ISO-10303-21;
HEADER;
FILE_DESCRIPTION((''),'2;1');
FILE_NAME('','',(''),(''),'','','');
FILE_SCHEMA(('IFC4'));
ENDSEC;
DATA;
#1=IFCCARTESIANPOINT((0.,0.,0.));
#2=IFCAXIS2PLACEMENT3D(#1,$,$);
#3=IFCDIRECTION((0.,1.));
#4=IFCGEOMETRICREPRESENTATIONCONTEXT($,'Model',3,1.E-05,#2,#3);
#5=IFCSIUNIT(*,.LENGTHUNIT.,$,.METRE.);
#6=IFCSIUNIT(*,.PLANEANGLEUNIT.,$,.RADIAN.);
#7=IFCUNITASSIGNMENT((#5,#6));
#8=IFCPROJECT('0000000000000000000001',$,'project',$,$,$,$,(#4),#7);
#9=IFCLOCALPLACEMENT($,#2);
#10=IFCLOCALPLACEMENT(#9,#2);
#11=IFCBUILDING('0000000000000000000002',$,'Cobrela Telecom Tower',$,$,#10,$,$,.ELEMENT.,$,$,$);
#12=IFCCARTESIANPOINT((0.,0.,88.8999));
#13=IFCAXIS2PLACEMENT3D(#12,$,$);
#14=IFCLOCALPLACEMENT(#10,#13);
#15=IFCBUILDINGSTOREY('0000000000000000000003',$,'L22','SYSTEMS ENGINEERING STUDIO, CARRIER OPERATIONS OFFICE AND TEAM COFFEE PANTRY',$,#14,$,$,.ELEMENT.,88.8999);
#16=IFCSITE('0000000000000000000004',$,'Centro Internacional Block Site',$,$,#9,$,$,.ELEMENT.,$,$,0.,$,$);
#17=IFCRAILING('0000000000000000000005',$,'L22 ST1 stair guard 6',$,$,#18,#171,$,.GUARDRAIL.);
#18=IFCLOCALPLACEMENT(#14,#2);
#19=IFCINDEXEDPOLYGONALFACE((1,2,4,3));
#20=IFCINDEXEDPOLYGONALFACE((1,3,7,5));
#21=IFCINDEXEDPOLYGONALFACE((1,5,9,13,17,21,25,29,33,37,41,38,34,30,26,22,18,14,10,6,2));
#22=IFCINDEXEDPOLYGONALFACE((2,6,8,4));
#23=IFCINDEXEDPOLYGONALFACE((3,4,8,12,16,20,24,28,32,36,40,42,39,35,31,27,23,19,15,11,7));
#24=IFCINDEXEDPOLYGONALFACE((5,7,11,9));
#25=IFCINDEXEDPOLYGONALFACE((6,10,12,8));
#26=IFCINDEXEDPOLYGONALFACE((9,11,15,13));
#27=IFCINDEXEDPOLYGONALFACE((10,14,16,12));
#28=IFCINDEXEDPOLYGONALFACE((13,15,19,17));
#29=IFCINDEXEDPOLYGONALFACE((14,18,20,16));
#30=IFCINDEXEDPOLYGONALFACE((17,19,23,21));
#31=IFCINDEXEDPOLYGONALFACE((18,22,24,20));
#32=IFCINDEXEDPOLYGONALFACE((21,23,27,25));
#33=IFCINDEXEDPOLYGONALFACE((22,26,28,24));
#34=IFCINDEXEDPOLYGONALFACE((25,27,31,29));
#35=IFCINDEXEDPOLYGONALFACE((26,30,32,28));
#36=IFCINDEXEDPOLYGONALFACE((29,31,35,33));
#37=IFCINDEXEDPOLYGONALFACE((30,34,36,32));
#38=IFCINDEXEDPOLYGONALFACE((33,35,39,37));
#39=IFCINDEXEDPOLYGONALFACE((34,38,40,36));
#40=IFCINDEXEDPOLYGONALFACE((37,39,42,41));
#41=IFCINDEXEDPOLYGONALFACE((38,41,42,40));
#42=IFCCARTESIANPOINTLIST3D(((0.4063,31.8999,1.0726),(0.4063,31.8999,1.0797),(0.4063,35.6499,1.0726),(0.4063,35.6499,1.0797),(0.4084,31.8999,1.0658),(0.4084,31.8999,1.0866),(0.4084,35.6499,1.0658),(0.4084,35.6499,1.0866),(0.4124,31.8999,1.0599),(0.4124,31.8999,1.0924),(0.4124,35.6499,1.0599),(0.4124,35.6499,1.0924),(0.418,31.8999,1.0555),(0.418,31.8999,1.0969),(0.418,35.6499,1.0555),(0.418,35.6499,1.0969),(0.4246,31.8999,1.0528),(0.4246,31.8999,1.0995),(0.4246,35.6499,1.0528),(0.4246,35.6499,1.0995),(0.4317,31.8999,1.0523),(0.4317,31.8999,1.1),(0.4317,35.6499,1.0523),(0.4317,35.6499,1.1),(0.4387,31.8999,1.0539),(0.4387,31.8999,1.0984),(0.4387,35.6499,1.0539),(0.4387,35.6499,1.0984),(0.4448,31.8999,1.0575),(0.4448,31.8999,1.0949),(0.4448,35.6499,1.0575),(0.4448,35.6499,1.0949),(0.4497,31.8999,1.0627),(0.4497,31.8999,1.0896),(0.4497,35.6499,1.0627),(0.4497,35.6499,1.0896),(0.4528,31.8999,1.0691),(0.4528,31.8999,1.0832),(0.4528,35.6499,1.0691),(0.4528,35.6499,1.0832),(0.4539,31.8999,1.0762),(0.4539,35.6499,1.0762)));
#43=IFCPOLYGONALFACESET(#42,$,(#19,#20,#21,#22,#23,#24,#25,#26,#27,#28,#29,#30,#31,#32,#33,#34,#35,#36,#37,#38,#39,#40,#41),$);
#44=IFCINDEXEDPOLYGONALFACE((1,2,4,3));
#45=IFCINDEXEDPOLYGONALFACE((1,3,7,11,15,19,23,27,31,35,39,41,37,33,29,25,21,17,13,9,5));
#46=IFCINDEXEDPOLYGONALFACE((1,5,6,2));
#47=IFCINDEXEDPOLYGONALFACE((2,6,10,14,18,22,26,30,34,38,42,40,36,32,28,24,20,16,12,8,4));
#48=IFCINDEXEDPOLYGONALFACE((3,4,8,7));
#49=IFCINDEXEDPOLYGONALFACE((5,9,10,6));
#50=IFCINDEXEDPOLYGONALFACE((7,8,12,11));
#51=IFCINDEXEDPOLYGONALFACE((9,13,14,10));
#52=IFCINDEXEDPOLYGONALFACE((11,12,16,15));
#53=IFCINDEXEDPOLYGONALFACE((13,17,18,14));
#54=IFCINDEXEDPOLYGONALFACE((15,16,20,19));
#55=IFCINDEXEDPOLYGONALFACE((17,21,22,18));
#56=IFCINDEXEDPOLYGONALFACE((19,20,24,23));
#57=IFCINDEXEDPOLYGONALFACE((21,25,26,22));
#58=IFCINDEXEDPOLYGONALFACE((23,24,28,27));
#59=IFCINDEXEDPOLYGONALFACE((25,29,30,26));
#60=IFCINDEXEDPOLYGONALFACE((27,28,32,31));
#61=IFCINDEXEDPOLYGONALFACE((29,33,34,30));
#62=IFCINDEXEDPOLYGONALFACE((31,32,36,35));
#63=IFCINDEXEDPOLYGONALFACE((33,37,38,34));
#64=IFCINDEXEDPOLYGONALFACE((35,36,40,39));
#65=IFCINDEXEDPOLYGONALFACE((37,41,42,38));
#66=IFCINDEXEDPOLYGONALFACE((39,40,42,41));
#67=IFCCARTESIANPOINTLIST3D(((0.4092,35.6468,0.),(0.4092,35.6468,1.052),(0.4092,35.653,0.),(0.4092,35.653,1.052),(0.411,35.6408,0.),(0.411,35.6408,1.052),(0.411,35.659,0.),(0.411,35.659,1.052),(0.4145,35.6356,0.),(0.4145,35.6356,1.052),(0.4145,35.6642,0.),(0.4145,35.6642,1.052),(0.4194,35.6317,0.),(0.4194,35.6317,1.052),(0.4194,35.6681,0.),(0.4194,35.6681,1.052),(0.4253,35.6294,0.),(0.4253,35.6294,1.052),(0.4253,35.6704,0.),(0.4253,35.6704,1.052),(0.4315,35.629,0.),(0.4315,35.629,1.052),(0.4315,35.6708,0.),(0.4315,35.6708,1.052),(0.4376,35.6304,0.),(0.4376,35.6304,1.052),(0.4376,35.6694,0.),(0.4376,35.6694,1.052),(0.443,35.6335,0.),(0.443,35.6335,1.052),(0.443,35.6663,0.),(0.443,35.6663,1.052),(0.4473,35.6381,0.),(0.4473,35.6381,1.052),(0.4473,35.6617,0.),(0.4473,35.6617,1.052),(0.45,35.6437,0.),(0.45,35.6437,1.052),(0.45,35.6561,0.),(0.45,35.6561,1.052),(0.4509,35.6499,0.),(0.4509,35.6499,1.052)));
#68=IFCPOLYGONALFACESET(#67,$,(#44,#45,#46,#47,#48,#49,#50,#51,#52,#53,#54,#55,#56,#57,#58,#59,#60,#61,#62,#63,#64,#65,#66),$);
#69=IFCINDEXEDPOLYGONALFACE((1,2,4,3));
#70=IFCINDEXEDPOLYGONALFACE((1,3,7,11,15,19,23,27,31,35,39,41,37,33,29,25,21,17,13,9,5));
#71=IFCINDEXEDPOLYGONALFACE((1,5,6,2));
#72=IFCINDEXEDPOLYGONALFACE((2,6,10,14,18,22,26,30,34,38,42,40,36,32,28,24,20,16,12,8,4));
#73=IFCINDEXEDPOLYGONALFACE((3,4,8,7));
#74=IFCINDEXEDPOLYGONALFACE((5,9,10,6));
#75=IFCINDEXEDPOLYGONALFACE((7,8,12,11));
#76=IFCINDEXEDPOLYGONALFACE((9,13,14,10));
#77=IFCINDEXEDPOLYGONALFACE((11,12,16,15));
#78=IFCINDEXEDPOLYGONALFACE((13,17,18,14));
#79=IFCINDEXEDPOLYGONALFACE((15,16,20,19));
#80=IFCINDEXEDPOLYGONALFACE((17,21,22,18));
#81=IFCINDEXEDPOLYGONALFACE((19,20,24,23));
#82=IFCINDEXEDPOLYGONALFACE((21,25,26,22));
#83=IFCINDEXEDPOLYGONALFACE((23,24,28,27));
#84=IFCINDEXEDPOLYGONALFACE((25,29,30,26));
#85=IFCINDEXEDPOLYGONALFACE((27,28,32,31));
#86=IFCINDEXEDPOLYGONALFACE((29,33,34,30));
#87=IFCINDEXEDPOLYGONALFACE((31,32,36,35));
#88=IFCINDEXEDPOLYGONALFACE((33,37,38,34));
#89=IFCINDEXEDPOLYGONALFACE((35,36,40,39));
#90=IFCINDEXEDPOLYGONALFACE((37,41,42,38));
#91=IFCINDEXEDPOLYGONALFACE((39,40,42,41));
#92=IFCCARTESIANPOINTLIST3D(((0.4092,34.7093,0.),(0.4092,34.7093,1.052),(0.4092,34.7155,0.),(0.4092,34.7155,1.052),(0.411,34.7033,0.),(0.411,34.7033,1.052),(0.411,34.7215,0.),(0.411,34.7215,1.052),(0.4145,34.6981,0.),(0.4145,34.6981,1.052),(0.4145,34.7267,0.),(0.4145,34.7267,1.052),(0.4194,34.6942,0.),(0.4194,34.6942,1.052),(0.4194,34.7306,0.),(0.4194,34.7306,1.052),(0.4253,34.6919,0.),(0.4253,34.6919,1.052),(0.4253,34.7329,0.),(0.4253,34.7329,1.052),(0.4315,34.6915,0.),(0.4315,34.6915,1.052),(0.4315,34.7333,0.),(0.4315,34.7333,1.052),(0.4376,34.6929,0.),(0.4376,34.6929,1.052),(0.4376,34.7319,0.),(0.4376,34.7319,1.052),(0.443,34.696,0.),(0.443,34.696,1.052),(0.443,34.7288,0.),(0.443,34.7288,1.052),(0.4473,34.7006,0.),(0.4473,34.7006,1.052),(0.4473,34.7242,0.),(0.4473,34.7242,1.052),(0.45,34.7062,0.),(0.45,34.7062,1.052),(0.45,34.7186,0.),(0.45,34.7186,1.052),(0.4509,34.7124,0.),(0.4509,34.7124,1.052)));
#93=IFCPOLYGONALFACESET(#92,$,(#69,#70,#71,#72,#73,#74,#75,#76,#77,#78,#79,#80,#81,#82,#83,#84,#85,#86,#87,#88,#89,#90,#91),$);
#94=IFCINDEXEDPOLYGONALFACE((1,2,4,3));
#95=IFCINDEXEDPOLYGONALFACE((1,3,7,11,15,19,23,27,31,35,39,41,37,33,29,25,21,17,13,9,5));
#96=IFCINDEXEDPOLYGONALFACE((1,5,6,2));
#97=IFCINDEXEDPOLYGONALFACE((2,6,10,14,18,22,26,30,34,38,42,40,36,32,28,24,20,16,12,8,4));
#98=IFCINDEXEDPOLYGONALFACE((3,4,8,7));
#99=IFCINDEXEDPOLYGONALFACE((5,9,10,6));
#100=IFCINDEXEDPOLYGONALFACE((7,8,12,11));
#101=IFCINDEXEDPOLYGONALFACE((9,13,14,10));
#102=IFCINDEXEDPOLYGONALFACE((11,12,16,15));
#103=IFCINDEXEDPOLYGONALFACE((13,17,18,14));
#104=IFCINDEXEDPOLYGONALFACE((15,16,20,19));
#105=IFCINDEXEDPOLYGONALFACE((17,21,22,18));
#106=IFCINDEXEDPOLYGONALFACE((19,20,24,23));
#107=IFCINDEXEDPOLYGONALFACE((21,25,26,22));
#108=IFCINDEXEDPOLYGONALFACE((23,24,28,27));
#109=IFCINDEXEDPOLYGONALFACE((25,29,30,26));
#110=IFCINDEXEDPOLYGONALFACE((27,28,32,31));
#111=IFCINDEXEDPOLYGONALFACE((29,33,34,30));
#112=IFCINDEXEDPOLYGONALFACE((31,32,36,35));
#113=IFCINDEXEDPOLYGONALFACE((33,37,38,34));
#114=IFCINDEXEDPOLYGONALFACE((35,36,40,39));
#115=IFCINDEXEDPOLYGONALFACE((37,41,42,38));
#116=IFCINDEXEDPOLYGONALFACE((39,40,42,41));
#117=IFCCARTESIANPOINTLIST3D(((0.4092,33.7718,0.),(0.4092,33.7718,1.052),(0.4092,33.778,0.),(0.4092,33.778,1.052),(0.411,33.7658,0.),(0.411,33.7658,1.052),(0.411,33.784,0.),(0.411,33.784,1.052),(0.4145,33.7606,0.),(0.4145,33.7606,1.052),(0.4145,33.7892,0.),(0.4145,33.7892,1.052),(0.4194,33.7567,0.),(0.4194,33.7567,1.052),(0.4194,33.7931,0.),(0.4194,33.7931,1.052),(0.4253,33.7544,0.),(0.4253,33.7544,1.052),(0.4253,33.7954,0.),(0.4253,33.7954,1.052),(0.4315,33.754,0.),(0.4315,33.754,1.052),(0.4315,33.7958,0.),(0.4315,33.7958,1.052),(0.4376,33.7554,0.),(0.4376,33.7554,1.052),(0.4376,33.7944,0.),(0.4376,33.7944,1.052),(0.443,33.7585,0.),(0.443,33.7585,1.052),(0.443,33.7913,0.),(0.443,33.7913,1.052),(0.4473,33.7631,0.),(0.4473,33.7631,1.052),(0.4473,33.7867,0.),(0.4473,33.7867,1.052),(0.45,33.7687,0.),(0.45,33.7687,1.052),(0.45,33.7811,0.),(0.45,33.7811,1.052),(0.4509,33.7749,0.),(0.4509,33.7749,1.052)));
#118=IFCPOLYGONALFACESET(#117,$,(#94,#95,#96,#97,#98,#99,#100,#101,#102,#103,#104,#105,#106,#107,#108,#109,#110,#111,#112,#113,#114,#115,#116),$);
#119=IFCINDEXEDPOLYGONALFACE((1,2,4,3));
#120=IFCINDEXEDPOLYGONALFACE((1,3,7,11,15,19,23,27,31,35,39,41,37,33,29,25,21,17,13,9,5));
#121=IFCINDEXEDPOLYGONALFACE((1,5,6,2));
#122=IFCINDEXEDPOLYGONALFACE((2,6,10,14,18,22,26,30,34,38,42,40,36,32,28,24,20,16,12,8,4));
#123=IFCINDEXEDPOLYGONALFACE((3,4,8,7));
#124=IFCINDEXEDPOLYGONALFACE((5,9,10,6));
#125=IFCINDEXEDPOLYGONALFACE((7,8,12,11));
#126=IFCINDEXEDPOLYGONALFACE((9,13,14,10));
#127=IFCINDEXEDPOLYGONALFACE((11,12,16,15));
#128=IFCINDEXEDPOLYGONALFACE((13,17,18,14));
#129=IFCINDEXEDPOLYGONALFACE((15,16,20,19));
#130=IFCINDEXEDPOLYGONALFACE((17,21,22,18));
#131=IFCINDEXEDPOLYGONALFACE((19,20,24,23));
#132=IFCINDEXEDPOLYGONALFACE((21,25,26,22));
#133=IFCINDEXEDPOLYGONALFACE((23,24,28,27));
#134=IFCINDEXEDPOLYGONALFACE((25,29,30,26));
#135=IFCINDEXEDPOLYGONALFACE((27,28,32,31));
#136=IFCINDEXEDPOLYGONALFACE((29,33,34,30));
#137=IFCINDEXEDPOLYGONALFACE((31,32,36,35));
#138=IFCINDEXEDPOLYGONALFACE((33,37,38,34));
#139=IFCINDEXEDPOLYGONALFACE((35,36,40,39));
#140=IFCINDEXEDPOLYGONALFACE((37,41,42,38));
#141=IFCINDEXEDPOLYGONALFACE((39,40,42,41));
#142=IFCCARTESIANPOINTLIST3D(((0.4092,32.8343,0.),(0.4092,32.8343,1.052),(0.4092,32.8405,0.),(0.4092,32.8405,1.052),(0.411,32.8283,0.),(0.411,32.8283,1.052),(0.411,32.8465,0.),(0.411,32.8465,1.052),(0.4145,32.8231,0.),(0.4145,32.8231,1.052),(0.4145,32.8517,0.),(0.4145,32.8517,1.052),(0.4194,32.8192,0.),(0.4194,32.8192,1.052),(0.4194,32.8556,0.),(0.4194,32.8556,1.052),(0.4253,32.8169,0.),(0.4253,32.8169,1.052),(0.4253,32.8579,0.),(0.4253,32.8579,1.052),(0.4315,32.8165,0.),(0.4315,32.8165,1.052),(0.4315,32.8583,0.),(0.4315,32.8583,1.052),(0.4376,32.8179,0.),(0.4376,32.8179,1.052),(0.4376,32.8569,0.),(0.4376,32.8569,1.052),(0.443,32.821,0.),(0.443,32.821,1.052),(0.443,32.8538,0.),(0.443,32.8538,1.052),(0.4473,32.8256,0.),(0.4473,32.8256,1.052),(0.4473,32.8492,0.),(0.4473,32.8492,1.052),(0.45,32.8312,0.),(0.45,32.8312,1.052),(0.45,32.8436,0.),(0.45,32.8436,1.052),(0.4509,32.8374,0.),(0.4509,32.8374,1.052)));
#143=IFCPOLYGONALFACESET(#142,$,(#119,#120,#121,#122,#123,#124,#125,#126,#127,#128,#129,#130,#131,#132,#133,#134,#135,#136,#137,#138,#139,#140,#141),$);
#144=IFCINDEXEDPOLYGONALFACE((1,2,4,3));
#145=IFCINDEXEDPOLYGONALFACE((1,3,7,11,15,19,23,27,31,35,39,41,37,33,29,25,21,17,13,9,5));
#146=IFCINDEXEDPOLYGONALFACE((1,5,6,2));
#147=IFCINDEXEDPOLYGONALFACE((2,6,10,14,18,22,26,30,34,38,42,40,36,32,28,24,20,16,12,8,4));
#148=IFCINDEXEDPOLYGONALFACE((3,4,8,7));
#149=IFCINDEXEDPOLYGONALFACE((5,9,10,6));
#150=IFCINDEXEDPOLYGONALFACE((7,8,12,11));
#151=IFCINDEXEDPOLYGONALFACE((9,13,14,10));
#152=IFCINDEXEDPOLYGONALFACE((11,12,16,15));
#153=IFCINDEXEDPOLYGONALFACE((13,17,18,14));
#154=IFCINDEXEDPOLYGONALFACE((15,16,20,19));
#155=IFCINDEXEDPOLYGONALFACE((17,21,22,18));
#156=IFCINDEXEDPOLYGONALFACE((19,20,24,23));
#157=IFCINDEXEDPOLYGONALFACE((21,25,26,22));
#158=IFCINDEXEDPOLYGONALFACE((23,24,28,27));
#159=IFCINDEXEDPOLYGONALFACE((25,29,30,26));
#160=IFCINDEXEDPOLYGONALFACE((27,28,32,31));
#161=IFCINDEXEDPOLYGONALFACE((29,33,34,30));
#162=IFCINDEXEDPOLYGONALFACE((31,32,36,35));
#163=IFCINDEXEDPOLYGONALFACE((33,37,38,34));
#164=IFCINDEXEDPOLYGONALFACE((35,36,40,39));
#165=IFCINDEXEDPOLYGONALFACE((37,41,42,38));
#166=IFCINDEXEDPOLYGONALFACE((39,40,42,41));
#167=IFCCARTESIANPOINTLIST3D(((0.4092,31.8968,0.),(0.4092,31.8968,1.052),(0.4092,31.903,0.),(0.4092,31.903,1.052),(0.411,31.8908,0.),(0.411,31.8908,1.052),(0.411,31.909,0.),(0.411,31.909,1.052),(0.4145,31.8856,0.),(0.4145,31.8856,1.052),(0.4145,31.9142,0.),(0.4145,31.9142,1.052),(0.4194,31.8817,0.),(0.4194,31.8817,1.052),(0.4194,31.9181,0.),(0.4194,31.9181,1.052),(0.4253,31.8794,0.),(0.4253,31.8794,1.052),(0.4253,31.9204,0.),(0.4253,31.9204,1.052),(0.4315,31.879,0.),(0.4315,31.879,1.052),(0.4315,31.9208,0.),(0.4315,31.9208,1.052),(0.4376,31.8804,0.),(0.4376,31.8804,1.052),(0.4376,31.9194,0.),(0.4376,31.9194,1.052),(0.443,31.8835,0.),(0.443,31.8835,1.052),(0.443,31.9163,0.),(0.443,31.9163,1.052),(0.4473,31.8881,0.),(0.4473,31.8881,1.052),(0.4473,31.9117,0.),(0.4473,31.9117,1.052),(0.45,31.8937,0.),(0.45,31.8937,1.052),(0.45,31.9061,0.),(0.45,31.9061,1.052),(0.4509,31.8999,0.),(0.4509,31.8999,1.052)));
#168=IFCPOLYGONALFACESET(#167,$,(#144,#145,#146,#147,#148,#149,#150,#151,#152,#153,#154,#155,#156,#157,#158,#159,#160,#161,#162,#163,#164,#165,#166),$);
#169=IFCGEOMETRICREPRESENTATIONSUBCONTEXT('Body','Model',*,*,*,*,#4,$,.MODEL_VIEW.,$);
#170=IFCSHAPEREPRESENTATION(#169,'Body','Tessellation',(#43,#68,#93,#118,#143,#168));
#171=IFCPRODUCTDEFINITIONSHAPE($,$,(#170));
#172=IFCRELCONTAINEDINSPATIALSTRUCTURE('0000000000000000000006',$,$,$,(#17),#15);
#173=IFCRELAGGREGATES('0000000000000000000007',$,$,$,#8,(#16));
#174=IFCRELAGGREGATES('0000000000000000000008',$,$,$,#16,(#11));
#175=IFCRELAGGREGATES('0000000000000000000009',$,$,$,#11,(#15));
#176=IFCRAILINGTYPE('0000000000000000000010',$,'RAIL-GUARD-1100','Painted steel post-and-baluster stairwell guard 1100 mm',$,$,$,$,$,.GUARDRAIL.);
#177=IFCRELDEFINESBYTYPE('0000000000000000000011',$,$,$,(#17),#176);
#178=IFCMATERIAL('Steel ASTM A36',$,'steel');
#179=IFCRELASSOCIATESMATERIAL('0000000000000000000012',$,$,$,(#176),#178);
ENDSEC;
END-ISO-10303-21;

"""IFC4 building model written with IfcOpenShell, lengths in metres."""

from ifc_helpers import new_model, si_unit, direction, frame, origin, origin_2d, place, context, subcontext, project, spatial, circle, extrude, material, type_object, element, save


model = new_model("IFC4")

# Units and contexts
model_context = context("Model", 3, precision=1e-05, world=origin(), true_north=direction((0.0, 1.0)))
body_context = subcontext(model_context, "Body", "Model", "MODEL_VIEW")
ifc_project = project(units=[si_unit("LENGTHUNIT", "METRE"), si_unit("PLANEANGLEUNIT", "RADIAN")], contexts=[model_context])

# Site, building, storey
site_placement = place(None, origin())
site = spatial("IfcSite", under=ifc_project, at=site_placement, Name="Centro Internacional Block Site", CompositionType="ELEMENT", RefElevation=0.0)
building_placement = place(site_placement, origin())
building = spatial("IfcBuilding", under=site, at=building_placement, Name="Cobrela Telecom Tower", CompositionType="ELEMENT")
storey_placement = place(building_placement, frame((0.0, 0.0, 88.8999)))
storey = spatial("IfcBuildingStorey", under=building, at=storey_placement, Name="L22", Description="SYSTEMS ENGINEERING STUDIO, CARRIER OPERATIONS OFFICE AND TEAM COFFEE PANTRY", CompositionType="ELEMENT", Elevation=88.8999)

# Shared definitions
ifc_material_1 = material(Name="Steel ASTM A36", Category="steel")

# Railing
railing_type_1 = type_object("IfcRailingType", Name="RAIL-GUARD-1100", Description="Painted steel post-and-baluster stairwell guard 1100 mm", PredefinedType="GUARDRAIL", material=ifc_material_1)
railing_1_placement = place(storey_placement, frame((0.4299, 35.6499, 0.0)))
element("IfcRailing", 1, at=railing_1_placement, inside=storey, type_object=railing_type_1, Name="L22 ST1 stair guard 6", PredefinedType="GUARDRAIL", context=body_context, shape_type="SweptSolid", body=[
    extrude(circle(Radius=0.0239, at=origin_2d()), frame((0.0, 0.0, 1.0762), z_axis=(0.0, -1.0, 0.0), x_axis=(1.0, 0.0, 0.0)), (0.0, 0.0, 1.0), 3.75),
    extrude(circle(Radius=0.021, at=origin_2d()), origin(), (0.0, 0.0, 1.0), 1.052),
    extrude(circle(Radius=0.021, at=origin_2d()), frame((0.0, -0.9375, 0.0)), (0.0, 0.0, 1.0), 1.052),
    extrude(circle(Radius=0.021, at=origin_2d()), frame((0.0, -1.875, 0.0)), (0.0, 0.0, 1.0), 1.052),
    extrude(circle(Radius=0.021, at=origin_2d()), frame((0.0, -2.8125, 0.0)), (0.0, 0.0, 1.0), 1.052),
    extrude(circle(Radius=0.021, at=origin_2d()), frame((0.0, -3.75, 0.0)), (0.0, 0.0, 1.0), 1.052),
])

save(model, "model.ifc")
